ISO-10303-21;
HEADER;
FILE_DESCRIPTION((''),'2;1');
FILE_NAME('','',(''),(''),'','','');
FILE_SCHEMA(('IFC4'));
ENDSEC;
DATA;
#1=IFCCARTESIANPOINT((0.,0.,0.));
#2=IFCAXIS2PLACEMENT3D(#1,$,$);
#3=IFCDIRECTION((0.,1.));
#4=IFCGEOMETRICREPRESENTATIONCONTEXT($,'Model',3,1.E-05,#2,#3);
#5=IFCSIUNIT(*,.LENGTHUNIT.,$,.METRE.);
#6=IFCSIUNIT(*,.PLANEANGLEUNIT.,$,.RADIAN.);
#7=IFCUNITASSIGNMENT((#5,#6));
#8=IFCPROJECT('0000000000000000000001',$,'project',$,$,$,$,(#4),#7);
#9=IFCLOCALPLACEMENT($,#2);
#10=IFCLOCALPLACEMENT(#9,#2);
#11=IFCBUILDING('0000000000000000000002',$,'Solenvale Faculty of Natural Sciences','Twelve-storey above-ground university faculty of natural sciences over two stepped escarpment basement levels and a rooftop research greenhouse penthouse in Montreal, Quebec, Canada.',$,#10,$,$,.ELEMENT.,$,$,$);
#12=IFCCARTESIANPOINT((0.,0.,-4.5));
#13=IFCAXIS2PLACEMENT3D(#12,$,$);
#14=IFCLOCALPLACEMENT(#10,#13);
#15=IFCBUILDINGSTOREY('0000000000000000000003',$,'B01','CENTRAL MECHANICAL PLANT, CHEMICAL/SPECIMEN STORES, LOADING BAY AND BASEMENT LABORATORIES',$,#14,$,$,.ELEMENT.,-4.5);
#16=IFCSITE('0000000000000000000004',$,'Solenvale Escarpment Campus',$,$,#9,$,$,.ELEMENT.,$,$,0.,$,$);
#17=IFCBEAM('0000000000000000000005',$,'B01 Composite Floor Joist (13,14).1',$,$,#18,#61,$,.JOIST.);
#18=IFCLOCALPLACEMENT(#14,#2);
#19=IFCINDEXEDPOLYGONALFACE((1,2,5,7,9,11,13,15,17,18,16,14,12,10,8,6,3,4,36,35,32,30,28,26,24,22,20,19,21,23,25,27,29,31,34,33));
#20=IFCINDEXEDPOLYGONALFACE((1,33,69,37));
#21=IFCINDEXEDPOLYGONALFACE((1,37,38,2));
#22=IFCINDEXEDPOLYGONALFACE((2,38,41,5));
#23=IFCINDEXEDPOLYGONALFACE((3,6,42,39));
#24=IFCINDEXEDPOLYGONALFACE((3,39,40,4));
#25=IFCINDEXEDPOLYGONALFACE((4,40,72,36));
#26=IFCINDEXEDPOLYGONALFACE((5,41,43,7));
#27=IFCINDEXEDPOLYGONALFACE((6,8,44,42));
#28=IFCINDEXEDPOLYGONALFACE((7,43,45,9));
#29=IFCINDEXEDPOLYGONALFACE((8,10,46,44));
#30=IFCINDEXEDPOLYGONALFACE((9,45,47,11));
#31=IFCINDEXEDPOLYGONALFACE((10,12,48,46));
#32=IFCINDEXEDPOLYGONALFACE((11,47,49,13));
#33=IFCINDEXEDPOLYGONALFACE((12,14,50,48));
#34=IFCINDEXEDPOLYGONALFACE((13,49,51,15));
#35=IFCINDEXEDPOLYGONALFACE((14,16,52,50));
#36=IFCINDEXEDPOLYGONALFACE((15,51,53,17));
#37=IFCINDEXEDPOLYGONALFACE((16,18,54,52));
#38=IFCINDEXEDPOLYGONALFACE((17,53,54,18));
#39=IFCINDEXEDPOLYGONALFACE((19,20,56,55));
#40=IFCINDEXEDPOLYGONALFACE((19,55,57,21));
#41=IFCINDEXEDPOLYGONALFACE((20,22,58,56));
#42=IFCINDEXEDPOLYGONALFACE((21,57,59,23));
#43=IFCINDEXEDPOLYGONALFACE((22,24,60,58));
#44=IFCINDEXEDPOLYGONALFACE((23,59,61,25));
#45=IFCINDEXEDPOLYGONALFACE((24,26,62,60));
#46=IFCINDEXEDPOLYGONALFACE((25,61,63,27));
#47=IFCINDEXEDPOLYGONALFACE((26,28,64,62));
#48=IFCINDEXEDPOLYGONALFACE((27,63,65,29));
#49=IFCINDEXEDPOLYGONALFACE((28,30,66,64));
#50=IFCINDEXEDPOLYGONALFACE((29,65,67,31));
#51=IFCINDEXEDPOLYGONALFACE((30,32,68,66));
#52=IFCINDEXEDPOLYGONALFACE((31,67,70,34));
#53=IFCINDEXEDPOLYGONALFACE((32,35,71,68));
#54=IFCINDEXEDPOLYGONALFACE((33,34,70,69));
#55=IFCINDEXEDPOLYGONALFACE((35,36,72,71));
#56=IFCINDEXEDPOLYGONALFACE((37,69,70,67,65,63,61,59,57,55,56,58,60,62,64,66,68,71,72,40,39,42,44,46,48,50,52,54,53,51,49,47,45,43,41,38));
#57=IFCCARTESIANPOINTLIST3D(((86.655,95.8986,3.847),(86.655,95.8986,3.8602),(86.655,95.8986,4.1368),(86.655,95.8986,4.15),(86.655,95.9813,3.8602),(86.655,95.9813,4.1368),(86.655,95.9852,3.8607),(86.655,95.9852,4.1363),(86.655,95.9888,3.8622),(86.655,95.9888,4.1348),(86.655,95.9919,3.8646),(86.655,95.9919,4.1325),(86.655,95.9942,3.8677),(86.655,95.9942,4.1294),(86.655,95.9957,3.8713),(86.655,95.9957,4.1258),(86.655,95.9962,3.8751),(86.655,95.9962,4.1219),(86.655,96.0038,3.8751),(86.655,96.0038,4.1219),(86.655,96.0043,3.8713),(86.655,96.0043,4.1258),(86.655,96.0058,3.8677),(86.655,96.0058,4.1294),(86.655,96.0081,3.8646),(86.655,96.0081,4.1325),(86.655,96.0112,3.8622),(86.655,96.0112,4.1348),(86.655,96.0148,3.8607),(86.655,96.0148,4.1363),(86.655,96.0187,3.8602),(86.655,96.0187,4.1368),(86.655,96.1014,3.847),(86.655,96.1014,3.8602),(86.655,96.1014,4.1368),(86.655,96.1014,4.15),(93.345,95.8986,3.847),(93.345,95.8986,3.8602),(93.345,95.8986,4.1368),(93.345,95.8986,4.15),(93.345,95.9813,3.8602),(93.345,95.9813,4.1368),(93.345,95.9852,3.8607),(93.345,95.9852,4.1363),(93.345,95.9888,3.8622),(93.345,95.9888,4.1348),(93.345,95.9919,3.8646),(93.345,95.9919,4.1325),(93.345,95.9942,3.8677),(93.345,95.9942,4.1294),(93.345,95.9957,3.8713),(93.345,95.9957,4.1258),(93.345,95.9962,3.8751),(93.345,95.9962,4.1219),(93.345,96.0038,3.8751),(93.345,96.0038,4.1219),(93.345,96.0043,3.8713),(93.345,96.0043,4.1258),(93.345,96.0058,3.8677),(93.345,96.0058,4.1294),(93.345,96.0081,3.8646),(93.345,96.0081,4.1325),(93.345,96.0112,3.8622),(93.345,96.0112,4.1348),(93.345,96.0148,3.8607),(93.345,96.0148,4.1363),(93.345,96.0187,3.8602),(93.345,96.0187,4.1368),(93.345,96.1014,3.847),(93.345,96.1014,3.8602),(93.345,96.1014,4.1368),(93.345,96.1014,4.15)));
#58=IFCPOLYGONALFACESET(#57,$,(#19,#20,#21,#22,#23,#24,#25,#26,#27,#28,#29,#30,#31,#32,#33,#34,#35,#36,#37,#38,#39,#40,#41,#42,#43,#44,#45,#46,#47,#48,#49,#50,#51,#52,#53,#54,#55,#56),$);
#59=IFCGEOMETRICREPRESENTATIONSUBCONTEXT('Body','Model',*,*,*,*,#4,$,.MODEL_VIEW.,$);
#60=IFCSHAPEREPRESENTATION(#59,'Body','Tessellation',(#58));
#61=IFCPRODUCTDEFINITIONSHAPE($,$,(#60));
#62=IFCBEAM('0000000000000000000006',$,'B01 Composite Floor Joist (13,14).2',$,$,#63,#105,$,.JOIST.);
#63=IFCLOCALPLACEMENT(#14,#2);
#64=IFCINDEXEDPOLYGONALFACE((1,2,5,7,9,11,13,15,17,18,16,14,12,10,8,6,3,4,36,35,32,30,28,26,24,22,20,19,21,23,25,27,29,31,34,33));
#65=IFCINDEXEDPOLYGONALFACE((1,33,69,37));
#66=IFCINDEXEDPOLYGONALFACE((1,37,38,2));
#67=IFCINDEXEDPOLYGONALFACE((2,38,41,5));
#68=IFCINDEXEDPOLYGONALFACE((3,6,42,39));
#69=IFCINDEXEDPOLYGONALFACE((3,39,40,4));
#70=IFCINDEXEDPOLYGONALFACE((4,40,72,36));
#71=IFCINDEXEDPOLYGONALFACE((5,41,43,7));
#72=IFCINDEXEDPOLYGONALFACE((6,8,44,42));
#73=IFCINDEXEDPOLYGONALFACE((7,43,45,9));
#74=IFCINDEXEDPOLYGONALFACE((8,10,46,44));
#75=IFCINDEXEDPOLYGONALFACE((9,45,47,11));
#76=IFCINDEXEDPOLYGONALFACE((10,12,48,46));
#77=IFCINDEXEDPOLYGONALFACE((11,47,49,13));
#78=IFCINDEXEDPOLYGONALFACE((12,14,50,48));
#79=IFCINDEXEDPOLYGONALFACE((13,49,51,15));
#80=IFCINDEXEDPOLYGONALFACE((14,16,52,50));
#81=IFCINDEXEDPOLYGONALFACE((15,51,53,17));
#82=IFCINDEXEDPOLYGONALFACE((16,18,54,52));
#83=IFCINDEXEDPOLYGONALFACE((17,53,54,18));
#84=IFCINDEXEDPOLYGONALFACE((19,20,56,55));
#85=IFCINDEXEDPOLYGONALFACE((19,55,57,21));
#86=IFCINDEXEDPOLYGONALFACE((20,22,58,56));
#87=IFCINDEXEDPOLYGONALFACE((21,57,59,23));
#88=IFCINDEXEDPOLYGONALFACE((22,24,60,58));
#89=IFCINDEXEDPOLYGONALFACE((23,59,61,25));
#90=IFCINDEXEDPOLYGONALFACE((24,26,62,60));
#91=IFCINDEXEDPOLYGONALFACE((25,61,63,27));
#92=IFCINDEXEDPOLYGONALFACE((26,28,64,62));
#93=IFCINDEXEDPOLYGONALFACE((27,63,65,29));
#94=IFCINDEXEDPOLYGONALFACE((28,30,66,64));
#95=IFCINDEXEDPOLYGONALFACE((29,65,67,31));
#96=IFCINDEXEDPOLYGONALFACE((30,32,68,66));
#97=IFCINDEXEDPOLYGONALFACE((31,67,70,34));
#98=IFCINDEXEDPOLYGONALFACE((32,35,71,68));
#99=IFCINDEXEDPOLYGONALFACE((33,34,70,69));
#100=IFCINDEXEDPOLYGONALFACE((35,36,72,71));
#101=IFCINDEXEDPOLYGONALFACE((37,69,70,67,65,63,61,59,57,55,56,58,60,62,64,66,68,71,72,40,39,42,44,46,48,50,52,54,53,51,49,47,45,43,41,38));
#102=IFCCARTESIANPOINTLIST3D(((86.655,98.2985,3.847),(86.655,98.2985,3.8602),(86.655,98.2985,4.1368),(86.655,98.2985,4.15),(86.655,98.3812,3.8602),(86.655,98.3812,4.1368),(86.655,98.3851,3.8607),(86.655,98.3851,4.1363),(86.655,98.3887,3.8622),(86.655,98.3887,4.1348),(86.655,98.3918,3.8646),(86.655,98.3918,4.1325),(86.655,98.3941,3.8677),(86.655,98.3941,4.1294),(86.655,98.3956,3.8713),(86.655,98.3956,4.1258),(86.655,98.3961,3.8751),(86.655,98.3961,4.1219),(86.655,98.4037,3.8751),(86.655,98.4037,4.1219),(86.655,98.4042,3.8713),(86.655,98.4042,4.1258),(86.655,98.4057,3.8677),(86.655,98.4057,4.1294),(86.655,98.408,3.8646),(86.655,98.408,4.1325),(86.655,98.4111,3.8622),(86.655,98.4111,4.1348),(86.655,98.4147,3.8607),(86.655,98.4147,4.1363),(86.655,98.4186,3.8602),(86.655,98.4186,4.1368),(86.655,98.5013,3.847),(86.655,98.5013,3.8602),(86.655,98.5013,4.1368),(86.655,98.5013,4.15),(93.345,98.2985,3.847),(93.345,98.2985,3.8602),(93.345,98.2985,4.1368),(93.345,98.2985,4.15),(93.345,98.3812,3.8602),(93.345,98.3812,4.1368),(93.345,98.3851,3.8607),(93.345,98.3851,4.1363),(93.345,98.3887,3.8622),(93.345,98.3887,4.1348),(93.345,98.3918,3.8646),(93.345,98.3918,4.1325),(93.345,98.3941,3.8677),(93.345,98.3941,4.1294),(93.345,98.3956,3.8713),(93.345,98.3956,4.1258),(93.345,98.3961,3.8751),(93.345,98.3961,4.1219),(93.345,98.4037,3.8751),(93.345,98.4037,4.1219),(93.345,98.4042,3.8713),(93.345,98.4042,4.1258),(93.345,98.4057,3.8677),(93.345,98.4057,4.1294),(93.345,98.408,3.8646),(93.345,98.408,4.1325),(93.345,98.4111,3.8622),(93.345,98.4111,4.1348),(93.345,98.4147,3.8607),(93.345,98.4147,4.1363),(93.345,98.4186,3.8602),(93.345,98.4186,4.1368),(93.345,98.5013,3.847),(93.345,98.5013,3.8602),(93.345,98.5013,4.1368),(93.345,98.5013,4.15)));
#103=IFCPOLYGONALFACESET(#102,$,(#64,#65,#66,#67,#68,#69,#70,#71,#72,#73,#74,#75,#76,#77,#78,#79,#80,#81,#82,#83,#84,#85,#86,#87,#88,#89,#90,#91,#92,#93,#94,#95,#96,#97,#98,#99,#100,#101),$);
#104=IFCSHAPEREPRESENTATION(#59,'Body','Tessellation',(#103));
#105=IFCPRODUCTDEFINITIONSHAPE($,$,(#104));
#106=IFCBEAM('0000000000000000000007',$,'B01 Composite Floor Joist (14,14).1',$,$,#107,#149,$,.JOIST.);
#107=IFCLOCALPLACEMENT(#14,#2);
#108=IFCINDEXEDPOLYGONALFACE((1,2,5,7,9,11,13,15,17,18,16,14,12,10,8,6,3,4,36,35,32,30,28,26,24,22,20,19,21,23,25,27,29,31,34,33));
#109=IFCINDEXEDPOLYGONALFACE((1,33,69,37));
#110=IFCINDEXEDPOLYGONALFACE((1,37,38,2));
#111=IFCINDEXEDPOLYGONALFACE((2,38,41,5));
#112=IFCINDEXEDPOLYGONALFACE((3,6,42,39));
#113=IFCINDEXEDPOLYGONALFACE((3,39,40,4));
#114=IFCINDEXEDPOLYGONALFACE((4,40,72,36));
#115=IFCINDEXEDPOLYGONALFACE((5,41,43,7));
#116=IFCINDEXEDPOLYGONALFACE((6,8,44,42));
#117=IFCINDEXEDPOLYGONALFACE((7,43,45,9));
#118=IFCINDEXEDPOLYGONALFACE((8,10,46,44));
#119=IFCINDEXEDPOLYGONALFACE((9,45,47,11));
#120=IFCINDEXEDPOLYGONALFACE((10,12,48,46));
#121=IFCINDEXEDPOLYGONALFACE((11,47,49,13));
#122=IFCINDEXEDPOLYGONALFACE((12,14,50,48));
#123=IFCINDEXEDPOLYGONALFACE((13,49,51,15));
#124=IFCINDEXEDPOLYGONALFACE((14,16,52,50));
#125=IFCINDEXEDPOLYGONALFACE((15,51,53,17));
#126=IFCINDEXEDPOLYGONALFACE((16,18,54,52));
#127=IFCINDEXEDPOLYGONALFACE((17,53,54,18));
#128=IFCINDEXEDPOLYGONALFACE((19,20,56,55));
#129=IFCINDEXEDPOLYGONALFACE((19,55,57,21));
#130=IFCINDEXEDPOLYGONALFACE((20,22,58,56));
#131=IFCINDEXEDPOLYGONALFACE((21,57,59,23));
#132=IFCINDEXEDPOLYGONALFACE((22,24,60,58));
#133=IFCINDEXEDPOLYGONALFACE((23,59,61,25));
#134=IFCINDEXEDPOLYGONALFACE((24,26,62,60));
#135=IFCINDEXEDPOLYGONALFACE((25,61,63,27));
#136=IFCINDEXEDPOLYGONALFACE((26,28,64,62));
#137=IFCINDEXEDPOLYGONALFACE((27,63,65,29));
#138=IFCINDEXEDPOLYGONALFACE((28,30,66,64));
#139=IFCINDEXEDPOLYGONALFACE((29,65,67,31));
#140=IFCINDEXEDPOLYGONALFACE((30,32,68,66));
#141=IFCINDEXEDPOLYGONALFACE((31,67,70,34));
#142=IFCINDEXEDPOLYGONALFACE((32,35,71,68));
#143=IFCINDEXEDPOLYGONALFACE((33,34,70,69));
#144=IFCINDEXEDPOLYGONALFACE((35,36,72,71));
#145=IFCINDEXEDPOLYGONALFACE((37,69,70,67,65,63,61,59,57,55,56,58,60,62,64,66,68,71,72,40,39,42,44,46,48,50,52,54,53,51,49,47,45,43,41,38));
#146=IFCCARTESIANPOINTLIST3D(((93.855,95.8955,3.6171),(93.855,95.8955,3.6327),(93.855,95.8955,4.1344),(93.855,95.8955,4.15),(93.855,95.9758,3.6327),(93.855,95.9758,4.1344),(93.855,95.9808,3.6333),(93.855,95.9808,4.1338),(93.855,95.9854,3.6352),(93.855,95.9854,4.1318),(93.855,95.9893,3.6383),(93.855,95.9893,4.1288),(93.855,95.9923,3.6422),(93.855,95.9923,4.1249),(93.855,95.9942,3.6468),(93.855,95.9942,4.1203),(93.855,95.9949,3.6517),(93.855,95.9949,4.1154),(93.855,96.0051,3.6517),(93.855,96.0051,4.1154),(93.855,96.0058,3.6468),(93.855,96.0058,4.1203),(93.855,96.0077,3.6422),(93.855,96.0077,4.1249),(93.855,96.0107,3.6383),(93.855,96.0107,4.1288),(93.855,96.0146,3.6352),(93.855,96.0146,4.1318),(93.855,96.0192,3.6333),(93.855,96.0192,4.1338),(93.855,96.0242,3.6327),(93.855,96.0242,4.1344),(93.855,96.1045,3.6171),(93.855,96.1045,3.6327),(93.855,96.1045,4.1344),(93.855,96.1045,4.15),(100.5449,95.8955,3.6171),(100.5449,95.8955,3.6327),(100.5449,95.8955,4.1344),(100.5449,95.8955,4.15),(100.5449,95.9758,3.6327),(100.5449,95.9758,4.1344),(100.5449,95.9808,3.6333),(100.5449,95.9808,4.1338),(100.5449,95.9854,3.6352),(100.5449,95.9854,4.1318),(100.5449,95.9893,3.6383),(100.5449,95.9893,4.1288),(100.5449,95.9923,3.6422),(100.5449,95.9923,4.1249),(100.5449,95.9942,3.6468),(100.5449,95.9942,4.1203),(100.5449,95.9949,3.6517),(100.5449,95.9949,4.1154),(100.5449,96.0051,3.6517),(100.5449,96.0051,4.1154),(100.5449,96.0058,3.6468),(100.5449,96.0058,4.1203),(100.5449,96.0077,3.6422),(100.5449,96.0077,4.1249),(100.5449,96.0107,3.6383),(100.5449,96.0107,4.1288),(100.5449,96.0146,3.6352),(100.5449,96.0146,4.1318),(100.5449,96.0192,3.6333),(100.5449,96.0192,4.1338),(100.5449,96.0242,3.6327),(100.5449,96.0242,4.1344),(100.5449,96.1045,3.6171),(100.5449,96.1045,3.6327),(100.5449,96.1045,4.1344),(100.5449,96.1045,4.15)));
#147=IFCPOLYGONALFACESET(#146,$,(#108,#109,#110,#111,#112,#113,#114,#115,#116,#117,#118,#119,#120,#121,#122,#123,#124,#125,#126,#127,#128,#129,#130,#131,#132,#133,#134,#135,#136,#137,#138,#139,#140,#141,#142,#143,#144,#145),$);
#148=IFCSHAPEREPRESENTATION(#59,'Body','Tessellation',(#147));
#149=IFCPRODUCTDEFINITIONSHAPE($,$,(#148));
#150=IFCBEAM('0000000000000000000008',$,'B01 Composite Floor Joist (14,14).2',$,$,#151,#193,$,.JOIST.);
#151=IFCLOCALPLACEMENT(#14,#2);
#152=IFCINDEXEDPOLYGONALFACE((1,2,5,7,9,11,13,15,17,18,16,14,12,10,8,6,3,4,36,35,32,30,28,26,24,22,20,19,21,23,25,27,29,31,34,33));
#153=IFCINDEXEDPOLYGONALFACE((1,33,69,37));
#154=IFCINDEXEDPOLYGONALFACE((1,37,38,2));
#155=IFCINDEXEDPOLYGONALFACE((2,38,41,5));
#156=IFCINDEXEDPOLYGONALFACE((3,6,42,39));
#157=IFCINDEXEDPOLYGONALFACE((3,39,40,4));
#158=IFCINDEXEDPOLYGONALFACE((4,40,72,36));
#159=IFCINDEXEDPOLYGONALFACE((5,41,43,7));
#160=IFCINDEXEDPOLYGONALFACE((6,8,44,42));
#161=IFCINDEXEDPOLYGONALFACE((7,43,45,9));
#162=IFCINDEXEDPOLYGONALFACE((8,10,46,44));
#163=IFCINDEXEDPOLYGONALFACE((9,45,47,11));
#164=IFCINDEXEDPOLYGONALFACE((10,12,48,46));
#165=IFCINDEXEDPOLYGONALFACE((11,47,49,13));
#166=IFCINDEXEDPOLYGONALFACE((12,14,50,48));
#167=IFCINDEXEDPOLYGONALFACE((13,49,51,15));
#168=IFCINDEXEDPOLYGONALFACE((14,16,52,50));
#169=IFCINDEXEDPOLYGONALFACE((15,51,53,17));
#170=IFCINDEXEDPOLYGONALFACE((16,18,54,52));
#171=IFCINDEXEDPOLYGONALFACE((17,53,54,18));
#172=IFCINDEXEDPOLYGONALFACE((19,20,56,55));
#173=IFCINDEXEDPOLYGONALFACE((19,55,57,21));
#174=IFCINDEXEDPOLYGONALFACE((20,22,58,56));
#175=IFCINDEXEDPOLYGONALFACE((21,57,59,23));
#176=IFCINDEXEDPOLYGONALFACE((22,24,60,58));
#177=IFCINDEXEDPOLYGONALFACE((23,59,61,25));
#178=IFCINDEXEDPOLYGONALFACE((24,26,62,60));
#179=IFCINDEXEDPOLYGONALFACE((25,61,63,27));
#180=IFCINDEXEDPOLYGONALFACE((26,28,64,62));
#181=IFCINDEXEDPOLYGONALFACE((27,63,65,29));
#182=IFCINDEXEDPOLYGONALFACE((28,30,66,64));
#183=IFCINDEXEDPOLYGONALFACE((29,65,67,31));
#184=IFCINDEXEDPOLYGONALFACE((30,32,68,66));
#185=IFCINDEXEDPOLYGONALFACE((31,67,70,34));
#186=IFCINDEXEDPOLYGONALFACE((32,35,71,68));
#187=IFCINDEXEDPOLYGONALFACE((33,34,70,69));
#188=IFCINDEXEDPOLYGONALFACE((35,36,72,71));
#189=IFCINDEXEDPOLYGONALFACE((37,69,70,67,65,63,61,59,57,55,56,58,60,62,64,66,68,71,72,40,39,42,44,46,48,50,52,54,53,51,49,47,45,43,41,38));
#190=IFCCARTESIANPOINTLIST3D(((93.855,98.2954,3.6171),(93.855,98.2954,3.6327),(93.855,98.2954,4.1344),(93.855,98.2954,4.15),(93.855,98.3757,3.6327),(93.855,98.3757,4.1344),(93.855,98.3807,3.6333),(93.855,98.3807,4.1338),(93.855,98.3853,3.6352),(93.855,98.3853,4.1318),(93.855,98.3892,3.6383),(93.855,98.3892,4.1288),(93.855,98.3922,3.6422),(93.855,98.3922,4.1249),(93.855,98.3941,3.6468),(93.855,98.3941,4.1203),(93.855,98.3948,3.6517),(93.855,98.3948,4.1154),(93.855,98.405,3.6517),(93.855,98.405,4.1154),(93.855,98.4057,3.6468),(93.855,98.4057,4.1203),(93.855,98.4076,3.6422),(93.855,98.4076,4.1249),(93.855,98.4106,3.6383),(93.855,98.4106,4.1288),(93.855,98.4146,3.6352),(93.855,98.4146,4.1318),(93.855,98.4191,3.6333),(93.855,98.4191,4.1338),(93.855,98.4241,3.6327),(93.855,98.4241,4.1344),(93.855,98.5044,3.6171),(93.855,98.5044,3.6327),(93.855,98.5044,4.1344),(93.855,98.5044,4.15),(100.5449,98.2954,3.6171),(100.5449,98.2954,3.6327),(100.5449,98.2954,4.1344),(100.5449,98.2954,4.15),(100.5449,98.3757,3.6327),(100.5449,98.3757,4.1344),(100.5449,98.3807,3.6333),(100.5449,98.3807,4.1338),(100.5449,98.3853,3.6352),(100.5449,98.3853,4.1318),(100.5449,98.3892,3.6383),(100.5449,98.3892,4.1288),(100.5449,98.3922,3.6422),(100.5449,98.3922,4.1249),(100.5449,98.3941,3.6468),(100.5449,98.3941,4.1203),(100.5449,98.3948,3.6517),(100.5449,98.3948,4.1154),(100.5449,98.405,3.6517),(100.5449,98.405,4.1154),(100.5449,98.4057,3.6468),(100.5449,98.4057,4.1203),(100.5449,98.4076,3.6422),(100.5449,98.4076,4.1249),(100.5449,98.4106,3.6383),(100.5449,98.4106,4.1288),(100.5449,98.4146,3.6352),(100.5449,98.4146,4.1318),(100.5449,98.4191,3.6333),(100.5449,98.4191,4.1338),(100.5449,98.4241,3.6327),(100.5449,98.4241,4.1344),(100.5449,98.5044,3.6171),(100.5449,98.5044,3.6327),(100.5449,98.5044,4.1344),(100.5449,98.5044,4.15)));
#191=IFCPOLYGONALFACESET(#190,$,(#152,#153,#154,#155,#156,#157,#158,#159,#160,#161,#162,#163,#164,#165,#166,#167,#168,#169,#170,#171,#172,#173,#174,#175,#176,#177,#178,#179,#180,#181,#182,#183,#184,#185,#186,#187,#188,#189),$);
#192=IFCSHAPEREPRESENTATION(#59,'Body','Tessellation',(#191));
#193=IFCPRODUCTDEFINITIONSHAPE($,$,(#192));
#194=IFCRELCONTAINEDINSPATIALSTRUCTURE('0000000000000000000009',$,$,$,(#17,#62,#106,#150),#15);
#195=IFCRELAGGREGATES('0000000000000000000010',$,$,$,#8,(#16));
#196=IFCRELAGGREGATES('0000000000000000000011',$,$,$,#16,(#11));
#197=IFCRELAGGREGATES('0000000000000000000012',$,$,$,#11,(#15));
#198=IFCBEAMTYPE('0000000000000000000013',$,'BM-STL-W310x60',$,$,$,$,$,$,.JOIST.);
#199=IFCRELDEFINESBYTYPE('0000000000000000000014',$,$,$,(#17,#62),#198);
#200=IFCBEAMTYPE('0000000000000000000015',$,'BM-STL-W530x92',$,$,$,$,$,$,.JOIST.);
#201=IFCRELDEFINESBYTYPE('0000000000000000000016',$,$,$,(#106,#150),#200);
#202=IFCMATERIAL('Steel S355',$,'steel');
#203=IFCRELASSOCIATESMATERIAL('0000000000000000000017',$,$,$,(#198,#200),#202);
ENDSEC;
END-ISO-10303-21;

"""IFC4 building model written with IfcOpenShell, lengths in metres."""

from ifc_helpers import new_model, si_unit, direction, frame, origin, origin_2d, place, context, subcontext, project, spatial, i_section, extrude, material, material_profile, profile_set, type_object, element, save


model = new_model("IFC4")

# Units and contexts
model_context = context("Model", 3, precision=1e-05, world=origin(), true_north=direction((0.0, 1.0)))
body_context = subcontext(model_context, "Body", "Model", "MODEL_VIEW")
ifc_project = project(units=[si_unit("LENGTHUNIT", "METRE"), si_unit("PLANEANGLEUNIT", "RADIAN")], contexts=[model_context])

# Site, building, storey
site_placement = place(None, origin())
site = spatial("IfcSite", under=ifc_project, at=site_placement, Name="Solenvale Escarpment Campus", CompositionType="ELEMENT", RefElevation=0.0)
building_placement = place(site_placement, origin())
building = spatial("IfcBuilding", under=site, at=building_placement, Name="Solenvale Faculty of Natural Sciences", Description="Twelve-storey above-ground university faculty of natural sciences over two stepped escarpment basement levels and a rooftop research greenhouse penthouse in Montreal, Quebec, Canada.", CompositionType="ELEMENT")
storey_placement = place(building_placement, frame((0.0, 0.0, -4.5)))
storey = spatial("IfcBuildingStorey", under=building, at=storey_placement, Name="B01", Description="CENTRAL MECHANICAL PLANT, CHEMICAL/SPECIMEN STORES, LOADING BAY AND BASEMENT LABORATORIES", CompositionType="ELEMENT", Elevation=-4.5)

# Beams
ifc_material_1 = material(Name="Steel S355", Category="steel")
ifc_material_profile_1 = material_profile(ifc_material_1, i_section(OverallWidth=0.2029, OverallDepth=0.303, WebThickness=0.0076, FlangeThickness=0.0132, FilletRadius=0.0149, at=origin_2d()), Name="W310x60")
ifc_profile_set_1 = profile_set([ifc_material_profile_1], Name="Steel S355")
beam_type_1 = type_object("IfcBeamType", Name="BM-STL-W310x60", PredefinedType="JOIST", material=ifc_profile_set_1)
for number, where, z_axis, x_axis, name in (
    (1, (86.655, 96.0, 3.9985), (1.0, 0.0, 0.0), (0.0, 1.0, 0.0), "B01 Composite Floor Joist (13,14).1"),
    (2, (86.655, 98.3999, 3.9985), (1.0, 0.0, 0.0), (0.0, 1.0, 0.0), "B01 Composite Floor Joist (13,14).2"),
):
    element("IfcBeam", number, at=place(storey_placement, frame(where, z_axis=z_axis, x_axis=x_axis)), inside=storey, type_object=beam_type_1, Name=name, PredefinedType="JOIST", context=body_context, shape_type="SweptSolid", body=[
        extrude(i_section(OverallWidth=0.2029, OverallDepth=0.303, WebThickness=0.0076, FlangeThickness=0.0132, FilletRadius=0.0149, at=origin_2d()), origin(), (0.0, 0.0, 1.0), 6.6899),
    ])
ifc_material_profile_2 = material_profile(ifc_material_1, i_section(OverallWidth=0.209, OverallDepth=0.533, WebThickness=0.0103, FlangeThickness=0.0156, FilletRadius=0.019, at=origin_2d()), Name="W530x92")
ifc_profile_set_2 = profile_set([ifc_material_profile_2], Name="Steel S355")
beam_type_2 = type_object("IfcBeamType", Name="BM-STL-W530x92", PredefinedType="JOIST", material=ifc_profile_set_2)
for number, where, z_axis, x_axis, name in (
    (3, (93.855, 96.0, 3.8835), (1.0, 0.0, 0.0), (0.0, 1.0, 0.0), "B01 Composite Floor Joist (14,14).1"),
    (4, (93.855, 98.3999, 3.8835), (1.0, 0.0, 0.0), (0.0, 1.0, 0.0), "B01 Composite Floor Joist (14,14).2"),
):
    element("IfcBeam", number, at=place(storey_placement, frame(where, z_axis=z_axis, x_axis=x_axis)), inside=storey, type_object=beam_type_2, Name=name, PredefinedType="JOIST", context=body_context, shape_type="SweptSolid", body=[
        extrude(i_section(OverallWidth=0.209, OverallDepth=0.533, WebThickness=0.0103, FlangeThickness=0.0156, FilletRadius=0.019, at=origin_2d()), origin(), (0.0, 0.0, 1.0), 6.6899),
    ])

save(model, "model.ifc")
